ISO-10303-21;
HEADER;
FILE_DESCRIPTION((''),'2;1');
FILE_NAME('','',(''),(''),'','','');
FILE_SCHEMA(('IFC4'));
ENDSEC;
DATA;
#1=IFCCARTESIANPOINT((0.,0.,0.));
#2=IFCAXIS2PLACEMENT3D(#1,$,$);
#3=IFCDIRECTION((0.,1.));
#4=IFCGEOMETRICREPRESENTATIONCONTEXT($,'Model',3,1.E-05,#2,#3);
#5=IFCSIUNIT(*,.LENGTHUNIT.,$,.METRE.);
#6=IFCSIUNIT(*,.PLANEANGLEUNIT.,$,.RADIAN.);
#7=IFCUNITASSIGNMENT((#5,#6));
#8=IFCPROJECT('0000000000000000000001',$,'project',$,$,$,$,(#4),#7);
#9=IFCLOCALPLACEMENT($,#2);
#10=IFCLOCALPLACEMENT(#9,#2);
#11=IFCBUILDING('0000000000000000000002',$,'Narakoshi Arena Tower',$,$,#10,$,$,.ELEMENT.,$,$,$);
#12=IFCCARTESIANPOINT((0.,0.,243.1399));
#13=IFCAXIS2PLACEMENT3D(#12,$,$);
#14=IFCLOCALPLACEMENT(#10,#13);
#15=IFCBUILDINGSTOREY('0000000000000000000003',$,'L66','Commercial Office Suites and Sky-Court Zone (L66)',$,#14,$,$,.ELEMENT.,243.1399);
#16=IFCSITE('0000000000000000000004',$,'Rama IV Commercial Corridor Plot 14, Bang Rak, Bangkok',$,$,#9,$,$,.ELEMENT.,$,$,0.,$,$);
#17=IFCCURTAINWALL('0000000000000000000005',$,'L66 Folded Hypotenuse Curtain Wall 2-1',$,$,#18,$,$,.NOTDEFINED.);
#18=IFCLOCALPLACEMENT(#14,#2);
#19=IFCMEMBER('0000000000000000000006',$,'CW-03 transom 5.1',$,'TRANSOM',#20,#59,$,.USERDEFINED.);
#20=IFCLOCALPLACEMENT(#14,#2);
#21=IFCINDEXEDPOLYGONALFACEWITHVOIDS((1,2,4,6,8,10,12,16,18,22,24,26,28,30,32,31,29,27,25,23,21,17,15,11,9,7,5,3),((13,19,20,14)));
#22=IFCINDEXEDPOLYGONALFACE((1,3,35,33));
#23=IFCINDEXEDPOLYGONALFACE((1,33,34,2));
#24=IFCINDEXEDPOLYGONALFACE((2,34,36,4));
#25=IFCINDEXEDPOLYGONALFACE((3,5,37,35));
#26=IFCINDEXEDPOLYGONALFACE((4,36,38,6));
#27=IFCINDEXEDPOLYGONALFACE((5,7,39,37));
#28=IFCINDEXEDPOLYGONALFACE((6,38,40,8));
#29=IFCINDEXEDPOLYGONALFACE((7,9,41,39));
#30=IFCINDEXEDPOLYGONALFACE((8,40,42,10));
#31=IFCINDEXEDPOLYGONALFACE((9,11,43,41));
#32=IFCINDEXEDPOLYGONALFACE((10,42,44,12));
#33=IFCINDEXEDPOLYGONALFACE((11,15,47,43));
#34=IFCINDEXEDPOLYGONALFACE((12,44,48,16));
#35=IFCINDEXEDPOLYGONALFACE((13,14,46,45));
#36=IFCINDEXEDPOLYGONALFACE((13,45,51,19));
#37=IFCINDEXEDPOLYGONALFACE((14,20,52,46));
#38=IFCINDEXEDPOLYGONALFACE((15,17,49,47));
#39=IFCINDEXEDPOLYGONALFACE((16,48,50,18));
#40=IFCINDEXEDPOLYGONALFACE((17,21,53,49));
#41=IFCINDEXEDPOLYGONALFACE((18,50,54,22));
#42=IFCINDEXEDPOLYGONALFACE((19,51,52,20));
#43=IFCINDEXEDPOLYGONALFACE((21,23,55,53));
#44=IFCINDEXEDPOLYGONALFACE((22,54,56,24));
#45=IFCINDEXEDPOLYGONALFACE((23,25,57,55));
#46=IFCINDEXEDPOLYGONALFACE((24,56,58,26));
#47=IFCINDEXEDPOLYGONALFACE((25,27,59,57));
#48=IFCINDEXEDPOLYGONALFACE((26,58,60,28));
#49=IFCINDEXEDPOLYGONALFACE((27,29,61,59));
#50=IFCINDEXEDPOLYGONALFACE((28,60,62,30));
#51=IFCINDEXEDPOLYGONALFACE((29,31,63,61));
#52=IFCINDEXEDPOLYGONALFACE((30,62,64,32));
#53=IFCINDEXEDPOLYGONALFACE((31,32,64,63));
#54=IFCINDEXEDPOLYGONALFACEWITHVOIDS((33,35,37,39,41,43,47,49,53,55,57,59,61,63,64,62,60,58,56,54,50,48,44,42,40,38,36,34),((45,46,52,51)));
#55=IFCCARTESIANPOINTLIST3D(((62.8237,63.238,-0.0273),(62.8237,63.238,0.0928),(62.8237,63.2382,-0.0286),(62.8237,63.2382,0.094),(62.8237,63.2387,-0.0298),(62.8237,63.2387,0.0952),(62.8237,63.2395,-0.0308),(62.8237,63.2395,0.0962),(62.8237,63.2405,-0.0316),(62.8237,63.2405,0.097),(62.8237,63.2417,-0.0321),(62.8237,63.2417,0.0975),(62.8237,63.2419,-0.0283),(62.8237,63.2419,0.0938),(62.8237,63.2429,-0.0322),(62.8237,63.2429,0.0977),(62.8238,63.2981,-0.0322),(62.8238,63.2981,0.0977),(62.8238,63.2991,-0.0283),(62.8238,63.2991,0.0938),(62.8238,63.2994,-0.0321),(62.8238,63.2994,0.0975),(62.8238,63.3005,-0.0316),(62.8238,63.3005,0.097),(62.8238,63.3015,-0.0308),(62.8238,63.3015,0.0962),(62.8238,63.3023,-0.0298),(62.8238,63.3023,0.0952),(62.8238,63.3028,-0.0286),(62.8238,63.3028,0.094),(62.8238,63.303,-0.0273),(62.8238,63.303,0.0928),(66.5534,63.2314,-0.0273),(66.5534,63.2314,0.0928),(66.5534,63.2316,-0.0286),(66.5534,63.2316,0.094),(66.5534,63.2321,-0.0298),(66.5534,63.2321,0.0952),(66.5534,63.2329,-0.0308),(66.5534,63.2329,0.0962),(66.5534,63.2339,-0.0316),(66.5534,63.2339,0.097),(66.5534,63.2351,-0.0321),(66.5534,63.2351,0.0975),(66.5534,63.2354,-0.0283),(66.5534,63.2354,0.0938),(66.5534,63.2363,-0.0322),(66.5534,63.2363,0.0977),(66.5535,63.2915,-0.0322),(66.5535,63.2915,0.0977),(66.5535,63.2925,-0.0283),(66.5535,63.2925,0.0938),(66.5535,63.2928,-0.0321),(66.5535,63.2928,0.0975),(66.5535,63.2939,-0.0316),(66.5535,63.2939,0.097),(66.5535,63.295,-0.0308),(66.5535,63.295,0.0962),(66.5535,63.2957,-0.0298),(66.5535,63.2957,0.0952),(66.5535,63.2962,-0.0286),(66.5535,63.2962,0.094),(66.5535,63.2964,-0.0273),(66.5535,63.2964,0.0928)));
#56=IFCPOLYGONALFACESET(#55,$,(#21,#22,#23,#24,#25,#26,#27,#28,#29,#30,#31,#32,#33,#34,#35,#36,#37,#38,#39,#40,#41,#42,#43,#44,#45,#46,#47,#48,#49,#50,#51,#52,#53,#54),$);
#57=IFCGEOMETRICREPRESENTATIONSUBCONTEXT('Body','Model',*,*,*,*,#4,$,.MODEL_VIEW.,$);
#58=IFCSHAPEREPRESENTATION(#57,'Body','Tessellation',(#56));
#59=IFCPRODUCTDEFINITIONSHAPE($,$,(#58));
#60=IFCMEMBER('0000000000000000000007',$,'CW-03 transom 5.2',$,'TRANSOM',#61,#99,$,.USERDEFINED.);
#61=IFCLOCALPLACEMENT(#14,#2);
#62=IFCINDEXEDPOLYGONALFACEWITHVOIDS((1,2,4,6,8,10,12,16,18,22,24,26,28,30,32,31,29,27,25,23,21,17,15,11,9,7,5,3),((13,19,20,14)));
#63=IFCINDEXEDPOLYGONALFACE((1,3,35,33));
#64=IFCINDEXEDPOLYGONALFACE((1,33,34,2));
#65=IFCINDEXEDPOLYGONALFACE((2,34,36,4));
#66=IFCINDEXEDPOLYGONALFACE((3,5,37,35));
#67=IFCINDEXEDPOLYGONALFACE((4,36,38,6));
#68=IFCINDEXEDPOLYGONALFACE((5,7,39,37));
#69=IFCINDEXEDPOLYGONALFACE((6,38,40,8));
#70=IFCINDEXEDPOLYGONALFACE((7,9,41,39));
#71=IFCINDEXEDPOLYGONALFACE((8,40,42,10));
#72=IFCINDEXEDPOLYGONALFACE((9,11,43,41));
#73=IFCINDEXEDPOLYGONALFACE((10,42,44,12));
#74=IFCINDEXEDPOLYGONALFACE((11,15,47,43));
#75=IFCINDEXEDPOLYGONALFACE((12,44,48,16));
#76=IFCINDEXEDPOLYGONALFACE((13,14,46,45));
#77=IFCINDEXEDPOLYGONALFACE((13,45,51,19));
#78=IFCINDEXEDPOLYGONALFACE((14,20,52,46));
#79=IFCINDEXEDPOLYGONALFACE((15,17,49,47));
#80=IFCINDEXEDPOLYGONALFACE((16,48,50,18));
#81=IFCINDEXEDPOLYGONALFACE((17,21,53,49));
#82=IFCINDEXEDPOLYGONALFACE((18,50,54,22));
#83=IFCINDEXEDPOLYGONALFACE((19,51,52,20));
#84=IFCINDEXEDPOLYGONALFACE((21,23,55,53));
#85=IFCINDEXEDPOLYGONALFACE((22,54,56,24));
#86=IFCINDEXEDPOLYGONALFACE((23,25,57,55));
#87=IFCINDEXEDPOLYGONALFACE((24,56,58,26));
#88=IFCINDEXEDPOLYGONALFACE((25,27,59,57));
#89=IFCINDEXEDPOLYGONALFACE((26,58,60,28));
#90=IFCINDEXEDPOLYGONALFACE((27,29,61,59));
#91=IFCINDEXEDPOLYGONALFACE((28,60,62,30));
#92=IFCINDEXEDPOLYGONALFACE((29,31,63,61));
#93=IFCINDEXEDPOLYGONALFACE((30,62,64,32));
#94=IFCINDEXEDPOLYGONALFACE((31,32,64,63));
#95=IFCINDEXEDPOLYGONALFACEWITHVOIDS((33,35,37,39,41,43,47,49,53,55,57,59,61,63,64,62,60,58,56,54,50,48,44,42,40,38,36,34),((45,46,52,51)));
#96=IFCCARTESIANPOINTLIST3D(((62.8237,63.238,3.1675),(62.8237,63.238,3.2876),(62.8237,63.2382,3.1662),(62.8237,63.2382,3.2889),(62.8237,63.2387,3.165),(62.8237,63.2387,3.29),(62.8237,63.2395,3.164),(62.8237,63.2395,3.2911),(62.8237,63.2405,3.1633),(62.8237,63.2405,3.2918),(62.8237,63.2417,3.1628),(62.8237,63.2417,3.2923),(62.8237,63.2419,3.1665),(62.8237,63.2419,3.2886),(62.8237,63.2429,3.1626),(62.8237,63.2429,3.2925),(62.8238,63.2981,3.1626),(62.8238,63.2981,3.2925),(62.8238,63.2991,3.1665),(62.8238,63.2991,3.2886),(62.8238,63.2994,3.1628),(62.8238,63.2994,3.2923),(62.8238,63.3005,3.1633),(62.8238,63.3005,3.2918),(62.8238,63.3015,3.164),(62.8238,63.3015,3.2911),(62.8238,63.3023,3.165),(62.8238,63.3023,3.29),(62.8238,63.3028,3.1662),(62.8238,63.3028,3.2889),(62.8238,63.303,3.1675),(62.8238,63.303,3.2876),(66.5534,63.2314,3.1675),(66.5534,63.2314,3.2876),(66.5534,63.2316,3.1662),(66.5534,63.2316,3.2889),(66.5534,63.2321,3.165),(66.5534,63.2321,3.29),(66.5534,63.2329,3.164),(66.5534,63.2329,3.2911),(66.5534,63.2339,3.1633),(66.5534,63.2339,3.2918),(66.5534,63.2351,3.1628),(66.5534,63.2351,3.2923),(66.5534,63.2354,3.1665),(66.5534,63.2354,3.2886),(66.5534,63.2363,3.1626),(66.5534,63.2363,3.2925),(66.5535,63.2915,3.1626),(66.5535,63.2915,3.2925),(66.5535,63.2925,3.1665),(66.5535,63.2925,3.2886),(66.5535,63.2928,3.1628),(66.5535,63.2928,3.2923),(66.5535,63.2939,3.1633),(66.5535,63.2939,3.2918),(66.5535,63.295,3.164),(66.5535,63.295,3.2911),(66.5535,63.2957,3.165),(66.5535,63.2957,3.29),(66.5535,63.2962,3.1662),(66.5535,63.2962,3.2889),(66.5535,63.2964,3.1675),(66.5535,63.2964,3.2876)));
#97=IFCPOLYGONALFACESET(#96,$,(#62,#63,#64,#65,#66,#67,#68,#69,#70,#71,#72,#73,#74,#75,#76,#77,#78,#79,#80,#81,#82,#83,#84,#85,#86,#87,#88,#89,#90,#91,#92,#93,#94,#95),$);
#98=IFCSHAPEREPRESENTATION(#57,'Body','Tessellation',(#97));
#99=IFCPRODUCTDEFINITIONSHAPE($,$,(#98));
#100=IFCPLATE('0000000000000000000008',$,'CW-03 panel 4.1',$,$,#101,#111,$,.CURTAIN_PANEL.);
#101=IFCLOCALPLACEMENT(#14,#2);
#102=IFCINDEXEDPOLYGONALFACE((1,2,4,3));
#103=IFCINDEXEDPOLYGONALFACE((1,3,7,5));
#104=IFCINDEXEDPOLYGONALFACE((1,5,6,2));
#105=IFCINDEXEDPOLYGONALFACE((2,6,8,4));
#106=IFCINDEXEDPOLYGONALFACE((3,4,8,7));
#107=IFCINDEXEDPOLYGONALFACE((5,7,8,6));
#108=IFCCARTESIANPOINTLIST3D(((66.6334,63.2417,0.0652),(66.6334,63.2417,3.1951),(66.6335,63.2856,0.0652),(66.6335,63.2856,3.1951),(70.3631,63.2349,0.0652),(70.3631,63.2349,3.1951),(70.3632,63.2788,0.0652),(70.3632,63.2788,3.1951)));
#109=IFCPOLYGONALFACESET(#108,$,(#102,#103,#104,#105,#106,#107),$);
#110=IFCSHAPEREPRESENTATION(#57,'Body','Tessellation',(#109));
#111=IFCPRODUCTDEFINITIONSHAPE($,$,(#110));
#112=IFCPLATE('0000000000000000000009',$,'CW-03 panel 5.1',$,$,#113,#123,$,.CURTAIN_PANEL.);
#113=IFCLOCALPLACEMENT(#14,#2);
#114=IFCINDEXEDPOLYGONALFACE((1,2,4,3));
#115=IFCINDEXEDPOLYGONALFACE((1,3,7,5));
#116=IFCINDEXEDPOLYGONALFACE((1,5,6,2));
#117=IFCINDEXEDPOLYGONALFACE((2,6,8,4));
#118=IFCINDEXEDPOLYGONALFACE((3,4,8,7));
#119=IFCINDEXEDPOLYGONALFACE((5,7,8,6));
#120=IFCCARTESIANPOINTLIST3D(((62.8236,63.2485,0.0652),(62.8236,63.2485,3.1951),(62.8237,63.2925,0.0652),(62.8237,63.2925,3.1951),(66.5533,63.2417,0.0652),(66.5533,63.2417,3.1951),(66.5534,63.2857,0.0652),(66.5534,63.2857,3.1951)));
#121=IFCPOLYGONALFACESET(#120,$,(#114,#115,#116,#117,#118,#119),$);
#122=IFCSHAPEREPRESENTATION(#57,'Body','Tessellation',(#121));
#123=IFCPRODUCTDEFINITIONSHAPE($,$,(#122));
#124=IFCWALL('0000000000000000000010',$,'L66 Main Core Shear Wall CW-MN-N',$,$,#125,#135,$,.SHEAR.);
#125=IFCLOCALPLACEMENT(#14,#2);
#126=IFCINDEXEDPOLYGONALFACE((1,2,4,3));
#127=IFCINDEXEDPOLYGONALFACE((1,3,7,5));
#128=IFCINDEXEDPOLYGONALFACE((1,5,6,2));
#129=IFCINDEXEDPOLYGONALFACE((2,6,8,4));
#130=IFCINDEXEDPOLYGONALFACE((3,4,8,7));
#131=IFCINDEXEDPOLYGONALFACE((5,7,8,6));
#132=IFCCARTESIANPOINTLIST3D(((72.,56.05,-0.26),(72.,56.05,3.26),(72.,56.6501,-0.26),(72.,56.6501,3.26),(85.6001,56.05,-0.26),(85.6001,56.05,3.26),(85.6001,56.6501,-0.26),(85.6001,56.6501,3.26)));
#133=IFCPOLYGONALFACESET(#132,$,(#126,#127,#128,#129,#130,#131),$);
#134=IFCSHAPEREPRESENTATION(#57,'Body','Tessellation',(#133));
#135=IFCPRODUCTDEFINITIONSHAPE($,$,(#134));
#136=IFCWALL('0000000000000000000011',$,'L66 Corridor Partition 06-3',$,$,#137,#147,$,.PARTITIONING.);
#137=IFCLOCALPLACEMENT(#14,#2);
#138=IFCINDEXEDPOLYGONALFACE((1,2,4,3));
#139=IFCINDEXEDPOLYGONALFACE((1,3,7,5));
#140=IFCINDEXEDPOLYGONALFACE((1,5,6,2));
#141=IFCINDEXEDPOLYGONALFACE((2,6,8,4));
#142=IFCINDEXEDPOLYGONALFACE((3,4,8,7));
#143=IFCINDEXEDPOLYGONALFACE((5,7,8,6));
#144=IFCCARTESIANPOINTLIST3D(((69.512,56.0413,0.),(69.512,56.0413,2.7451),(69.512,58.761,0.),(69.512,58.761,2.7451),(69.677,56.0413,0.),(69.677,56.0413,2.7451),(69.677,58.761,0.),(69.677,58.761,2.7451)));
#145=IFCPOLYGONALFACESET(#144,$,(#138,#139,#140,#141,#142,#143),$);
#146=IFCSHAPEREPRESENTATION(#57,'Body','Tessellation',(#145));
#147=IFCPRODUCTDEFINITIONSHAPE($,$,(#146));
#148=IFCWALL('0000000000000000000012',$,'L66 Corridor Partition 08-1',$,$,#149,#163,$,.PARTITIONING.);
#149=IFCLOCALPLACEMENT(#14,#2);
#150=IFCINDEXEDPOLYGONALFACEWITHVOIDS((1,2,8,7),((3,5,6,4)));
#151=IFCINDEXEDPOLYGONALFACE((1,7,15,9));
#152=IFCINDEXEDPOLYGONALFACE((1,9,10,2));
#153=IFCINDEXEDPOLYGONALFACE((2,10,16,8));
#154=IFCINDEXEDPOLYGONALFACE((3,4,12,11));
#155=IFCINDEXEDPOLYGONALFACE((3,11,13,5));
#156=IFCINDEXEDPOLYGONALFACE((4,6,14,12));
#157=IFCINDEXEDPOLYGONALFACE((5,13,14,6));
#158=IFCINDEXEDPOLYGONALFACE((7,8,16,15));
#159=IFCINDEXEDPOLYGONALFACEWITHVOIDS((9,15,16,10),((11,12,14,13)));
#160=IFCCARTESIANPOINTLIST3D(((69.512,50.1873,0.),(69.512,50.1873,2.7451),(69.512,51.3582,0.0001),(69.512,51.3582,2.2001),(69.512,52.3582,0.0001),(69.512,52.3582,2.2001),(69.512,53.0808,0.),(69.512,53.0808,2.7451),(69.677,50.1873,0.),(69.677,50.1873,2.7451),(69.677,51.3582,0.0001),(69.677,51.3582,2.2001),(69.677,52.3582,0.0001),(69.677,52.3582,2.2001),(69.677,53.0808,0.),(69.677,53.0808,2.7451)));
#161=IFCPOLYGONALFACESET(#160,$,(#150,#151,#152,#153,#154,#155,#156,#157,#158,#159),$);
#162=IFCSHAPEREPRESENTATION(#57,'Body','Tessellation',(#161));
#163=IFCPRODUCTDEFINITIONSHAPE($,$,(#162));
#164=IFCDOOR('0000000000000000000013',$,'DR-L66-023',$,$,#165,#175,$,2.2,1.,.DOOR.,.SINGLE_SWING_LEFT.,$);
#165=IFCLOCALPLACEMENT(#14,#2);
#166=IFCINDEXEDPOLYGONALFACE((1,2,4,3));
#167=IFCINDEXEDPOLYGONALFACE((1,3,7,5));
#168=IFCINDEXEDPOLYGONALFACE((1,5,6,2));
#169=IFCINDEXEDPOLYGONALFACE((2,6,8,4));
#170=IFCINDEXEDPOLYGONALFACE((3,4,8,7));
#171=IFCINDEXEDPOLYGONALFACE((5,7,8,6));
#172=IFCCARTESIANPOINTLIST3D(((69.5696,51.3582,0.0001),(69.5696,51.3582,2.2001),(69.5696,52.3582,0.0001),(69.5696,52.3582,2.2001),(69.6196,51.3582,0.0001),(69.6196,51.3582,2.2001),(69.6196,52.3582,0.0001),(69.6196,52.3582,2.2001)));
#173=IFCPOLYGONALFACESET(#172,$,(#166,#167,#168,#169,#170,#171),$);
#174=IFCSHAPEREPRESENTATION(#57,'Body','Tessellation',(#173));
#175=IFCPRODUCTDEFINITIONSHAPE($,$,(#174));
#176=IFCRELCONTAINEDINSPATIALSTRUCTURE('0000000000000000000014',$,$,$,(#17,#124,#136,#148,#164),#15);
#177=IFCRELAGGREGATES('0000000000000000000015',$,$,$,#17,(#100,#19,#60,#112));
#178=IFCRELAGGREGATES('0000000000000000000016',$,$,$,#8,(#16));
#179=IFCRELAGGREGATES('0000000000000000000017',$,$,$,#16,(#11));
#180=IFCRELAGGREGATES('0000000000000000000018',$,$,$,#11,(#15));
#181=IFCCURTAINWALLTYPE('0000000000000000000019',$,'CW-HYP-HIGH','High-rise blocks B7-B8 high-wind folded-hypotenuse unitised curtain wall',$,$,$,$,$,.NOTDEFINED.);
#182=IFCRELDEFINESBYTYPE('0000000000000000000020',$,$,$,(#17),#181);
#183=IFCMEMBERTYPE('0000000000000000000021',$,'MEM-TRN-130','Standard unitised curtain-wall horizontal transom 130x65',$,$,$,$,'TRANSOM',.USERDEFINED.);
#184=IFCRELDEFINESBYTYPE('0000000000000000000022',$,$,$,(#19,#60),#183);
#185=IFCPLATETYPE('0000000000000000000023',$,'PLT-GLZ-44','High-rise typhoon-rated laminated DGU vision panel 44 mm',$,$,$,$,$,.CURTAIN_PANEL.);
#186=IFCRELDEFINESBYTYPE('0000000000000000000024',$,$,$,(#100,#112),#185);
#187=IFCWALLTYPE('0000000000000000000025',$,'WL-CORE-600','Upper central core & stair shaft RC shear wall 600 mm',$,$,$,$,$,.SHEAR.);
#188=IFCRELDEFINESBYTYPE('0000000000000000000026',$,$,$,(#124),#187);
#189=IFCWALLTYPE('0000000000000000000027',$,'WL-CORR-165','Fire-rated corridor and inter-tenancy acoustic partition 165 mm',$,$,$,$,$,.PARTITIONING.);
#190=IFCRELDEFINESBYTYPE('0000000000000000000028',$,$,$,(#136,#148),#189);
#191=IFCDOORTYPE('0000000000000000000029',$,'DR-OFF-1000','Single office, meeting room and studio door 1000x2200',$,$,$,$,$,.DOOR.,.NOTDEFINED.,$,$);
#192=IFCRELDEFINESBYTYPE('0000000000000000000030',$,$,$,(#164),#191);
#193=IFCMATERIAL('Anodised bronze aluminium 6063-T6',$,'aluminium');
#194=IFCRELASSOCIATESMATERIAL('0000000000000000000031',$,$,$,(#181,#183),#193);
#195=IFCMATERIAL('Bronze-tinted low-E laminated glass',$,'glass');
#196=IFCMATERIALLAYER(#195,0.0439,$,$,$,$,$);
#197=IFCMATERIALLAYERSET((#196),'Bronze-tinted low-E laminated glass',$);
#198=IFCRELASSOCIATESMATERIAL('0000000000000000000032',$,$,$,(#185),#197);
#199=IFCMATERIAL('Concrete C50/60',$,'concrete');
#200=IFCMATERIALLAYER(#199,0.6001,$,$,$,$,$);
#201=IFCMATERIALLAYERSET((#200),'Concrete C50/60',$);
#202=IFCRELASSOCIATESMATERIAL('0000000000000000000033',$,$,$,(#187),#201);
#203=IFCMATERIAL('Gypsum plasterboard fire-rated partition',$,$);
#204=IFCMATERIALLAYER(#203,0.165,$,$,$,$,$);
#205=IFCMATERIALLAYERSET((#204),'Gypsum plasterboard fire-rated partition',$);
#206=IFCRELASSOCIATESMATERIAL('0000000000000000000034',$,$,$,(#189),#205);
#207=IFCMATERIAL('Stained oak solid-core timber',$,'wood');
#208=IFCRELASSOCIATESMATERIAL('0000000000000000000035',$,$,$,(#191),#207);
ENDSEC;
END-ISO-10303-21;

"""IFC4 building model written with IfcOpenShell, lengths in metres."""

from ifc_helpers import new_model, si_unit, direction, frame, frame_2d, origin, origin_2d, place, context, subcontext, project, spatial, rectangle, hollow_rectangle, extrude, material, layer, layer_set, material_profile, profile_set, type_object, element, fill, aggregate, save


model = new_model("IFC4")

# Units and contexts
model_context = context("Model", 3, precision=1e-05, world=origin(), true_north=direction((0.0, 1.0)))
body_context = subcontext(model_context, "Body", "Model", "MODEL_VIEW")
ifc_project = project(units=[si_unit("LENGTHUNIT", "METRE"), si_unit("PLANEANGLEUNIT", "RADIAN")], contexts=[model_context])

# Site, building, storey
site_placement = place(None, origin())
site = spatial("IfcSite", under=ifc_project, at=site_placement, Name="Rama IV Commercial Corridor Plot 14, Bang Rak, Bangkok", CompositionType="ELEMENT", RefElevation=0.0)
building_placement = place(site_placement, origin())
building = spatial("IfcBuilding", under=site, at=building_placement, Name="Narakoshi Arena Tower", CompositionType="ELEMENT")
storey_placement = place(building_placement, frame((0.0, 0.0, 243.1399)))
storey = spatial("IfcBuildingStorey", under=building, at=storey_placement, Name="L66", Description="Commercial Office Suites and Sky-Court Zone (L66)", CompositionType="ELEMENT", Elevation=243.1399)

# Shared definitions
ifc_material_1 = material(Name="Concrete C50/60", Category="concrete")

# Curtain wall, members, plates
ifc_material_2 = material(Name="Anodised bronze aluminium 6063-T6", Category="aluminium")
curtain_wall_type = type_object("IfcCurtainWallType", Name="CW-HYP-HIGH", Description="High-rise blocks B7-B8 high-wind folded-hypotenuse unitised curtain wall", PredefinedType="NOTDEFINED", material=ifc_material_2)
curtain_wall_placement = place(storey_placement, origin())
curtain_wall = element("IfcCurtainWall", 1, at=curtain_wall_placement, inside=storey, type_object=curtain_wall_type, Name="L66 Folded Hypotenuse Curtain Wall 2-1", PredefinedType="NOTDEFINED")
ifc_material_profile_1 = material_profile(ifc_material_2, hollow_rectangle(XDim=0.0649, YDim=0.1299, WallThickness=0.0039, OuterFilletRadius=0.0049, at=origin_2d()), Name="TRN130x65x4")
ifc_profile_set_1 = profile_set([ifc_material_profile_1], Name="Anodised bronze aluminium 6063-T6")
member_type_1 = type_object("IfcMemberType", Name="MEM-TRN-130", Description="Standard unitised curtain-wall horizontal transom 130x65", ElementType="TRANSOM", PredefinedType="USERDEFINED", material=ifc_profile_set_1)
member_1_placement = place(storey_placement, frame((66.5535, 63.2639, 0.0327), z_axis=(-0.999998, 0.001767, 0.0), x_axis=(-0.001767, -0.999998, 0.0)))
member_1 = element("IfcMember", 2, at=member_1_placement, type_object=member_type_1, Name="CW-03 transom 5.1", ObjectType="TRANSOM", PredefinedType="USERDEFINED", context=body_context, shape_type="SweptSolid", body=[
    extrude(hollow_rectangle(XDim=0.0649, YDim=0.1299, WallThickness=0.0039, OuterFilletRadius=0.0049, at=origin_2d()), origin(), (0.0, 0.0, 1.0), 3.7297),
])
member_2_placement = place(storey_placement, frame((66.5535, 63.2639, 3.2275), z_axis=(-0.999998, 0.001767, 0.0), x_axis=(-0.001767, -0.999998, 0.0)))
member_2 = element("IfcMember", 3, at=member_2_placement, type_object=member_type_1, Name="CW-03 transom 5.2", ObjectType="TRANSOM", PredefinedType="USERDEFINED", context=body_context, shape_type="SweptSolid", body=[
    extrude(hollow_rectangle(XDim=0.0649, YDim=0.1299, WallThickness=0.0039, OuterFilletRadius=0.0049, at=origin_2d()), origin(), (0.0, 0.0, 1.0), 3.7297),
])
ifc_material_3 = material(Name="Bronze-tinted low-E laminated glass", Category="glass")
ifc_layer_1 = layer(ifc_material_3, 0.0439)
ifc_layer_set_1 = layer_set([ifc_layer_1], Name="Bronze-tinted low-E laminated glass")
plate_type = type_object("IfcPlateType", Name="PLT-GLZ-44", Description="High-rise typhoon-rated laminated DGU vision panel 44 mm", PredefinedType="CURTAIN_PANEL", material=ifc_layer_set_1)
plate_1_placement = place(storey_placement, frame((68.4983, 63.2603, 0.0652), z_axis=(0.0, 0.0, 1.0), x_axis=(-0.999998, 0.00182, 0.0)))
plate_1 = element("IfcPlate", 4, at=plate_1_placement, type_object=plate_type, Name="CW-03 panel 4.1", PredefinedType="CURTAIN_PANEL", context=body_context, shape_type="SweptSolid", body=[
    extrude(rectangle(XDim=3.7297, YDim=0.0439, at=origin_2d()), origin(), (0.0, 0.0, 1.0), 3.1299),
])
plate_2_placement = place(storey_placement, frame((64.6885, 63.2671, 0.0652), z_axis=(0.0, 0.0, 1.0), x_axis=(-0.999998, 0.00182, 0.0)))
plate_2 = element("IfcPlate", 5, at=plate_2_placement, type_object=plate_type, Name="CW-03 panel 5.1", PredefinedType="CURTAIN_PANEL", context=body_context, shape_type="SweptSolid", body=[
    extrude(rectangle(XDim=3.7297, YDim=0.0439, at=origin_2d()), origin(), (0.0, 0.0, 1.0), 3.1299),
])
aggregate(curtain_wall, [plate_1, member_1, member_2, plate_2])

# Walls
ifc_layer_2 = layer(ifc_material_1, 0.6001)
ifc_layer_set_2 = layer_set([ifc_layer_2], Name="Concrete C50/60")
wall_type_1 = type_object("IfcWallType", Name="WL-CORE-600", Description="Upper central core & stair shaft RC shear wall 600 mm", PredefinedType="SHEAR", material=ifc_layer_set_2)
wall_1_placement = place(storey_placement, frame((72.0, 56.3501, -0.26), z_axis=(0.0, 0.0, 1.0), x_axis=(1.0, 0.0, 0.0)))
element("IfcWall", 6, at=wall_1_placement, inside=storey, type_object=wall_type_1, Name="L66 Main Core Shear Wall CW-MN-N", PredefinedType="SHEAR", context=body_context, shape_type="SweptSolid", body=[
    extrude(rectangle(XDim=13.6001, YDim=0.6001, at=frame_2d((6.8, 0.0))), origin(), (0.0, 0.0, 1.0), 3.52),
])
ifc_material_4 = material(Name="Gypsum plasterboard fire-rated partition")
ifc_layer_3 = layer(ifc_material_4, 0.165)
ifc_layer_set_3 = layer_set([ifc_layer_3], Name="Gypsum plasterboard fire-rated partition")
wall_type_2 = type_object("IfcWallType", Name="WL-CORR-165", Description="Fire-rated corridor and inter-tenancy acoustic partition 165 mm", PredefinedType="PARTITIONING", material=ifc_layer_set_3)
wall_2_placement = place(storey_placement, frame((69.5945, 58.761, 0.0), z_axis=(0.0, 0.0, 1.0), x_axis=(0.0, -1.0, 0.0)))
element("IfcWall", 7, at=wall_2_placement, inside=storey, type_object=wall_type_2, Name="L66 Corridor Partition 06-3", PredefinedType="PARTITIONING", context=body_context, shape_type="SweptSolid", body=[
    extrude(rectangle(XDim=2.7197, YDim=0.165, at=frame_2d((1.3599, 0.0))), origin(), (0.0, 0.0, 1.0), 2.7451),
])

# Wall, opening, door
wall_3_placement = place(storey_placement, frame((69.5945, 53.0808, 0.0), z_axis=(0.0, 0.0, 1.0), x_axis=(0.0, -1.0, 0.0)))
wall_3 = element("IfcWall", 8, at=wall_3_placement, inside=storey, type_object=wall_type_2, Name="L66 Corridor Partition 08-1", PredefinedType="PARTITIONING", context=body_context, shape_type="SweptSolid", body=[
    extrude(rectangle(XDim=2.8936, YDim=0.165, at=frame_2d((1.4468, 0.0))), origin(), (0.0, 0.0, 1.0), 2.7451),
])
opening_1_placement = place(wall_3_placement, frame((0.7227, 0.0, 0.0)))
opening_1 = element("IfcOpeningElement", 9, at=opening_1_placement, cuts=wall_3, PredefinedType="OPENING", context=body_context, shape_type="SweptSolid", body=[
    extrude(rectangle(XDim=1.0, YDim=2.2, at=frame_2d((0.5, 1.1001))), frame((0.0, 0.0925, 0.0), z_axis=(0.0, -1.0, 0.0), x_axis=(1.0, 0.0, 0.0)), (0.0, 0.0, 1.0), 0.1851),
])
ifc_material_5 = material(Name="Stained oak solid-core timber", Category="wood")
door_type_1 = type_object("IfcDoorType", Name="DR-OFF-1000", Description="Single office, meeting room and studio door 1000x2200", OperationType="NOTDEFINED", PredefinedType="DOOR", material=ifc_material_5)
door_1_placement = place(opening_1_placement, frame((1.0, 0.0, 0.0), z_axis=(0.0, 0.0, 1.0), x_axis=(-1.0, 0.0, 0.0)))
door_1 = element("IfcDoor", 10, at=door_1_placement, inside=storey, type_object=door_type_1, Name="DR-L66-023", OperationType="SINGLE_SWING_LEFT", OverallHeight=2.2, OverallWidth=1.0, PredefinedType="DOOR", context=body_context, shape_type="SweptSolid", body=[
    extrude(rectangle(XDim=1.0, YDim=2.2, at=frame_2d((0.5, 1.1001))), frame((0.0, 0.0249, 0.0), z_axis=(0.0, -1.0, 0.0), x_axis=(1.0, 0.0, 0.0)), (0.0, 0.0, 1.0), 0.05),
])
fill(opening_1, door_1)

save(model, "model.ifc")
